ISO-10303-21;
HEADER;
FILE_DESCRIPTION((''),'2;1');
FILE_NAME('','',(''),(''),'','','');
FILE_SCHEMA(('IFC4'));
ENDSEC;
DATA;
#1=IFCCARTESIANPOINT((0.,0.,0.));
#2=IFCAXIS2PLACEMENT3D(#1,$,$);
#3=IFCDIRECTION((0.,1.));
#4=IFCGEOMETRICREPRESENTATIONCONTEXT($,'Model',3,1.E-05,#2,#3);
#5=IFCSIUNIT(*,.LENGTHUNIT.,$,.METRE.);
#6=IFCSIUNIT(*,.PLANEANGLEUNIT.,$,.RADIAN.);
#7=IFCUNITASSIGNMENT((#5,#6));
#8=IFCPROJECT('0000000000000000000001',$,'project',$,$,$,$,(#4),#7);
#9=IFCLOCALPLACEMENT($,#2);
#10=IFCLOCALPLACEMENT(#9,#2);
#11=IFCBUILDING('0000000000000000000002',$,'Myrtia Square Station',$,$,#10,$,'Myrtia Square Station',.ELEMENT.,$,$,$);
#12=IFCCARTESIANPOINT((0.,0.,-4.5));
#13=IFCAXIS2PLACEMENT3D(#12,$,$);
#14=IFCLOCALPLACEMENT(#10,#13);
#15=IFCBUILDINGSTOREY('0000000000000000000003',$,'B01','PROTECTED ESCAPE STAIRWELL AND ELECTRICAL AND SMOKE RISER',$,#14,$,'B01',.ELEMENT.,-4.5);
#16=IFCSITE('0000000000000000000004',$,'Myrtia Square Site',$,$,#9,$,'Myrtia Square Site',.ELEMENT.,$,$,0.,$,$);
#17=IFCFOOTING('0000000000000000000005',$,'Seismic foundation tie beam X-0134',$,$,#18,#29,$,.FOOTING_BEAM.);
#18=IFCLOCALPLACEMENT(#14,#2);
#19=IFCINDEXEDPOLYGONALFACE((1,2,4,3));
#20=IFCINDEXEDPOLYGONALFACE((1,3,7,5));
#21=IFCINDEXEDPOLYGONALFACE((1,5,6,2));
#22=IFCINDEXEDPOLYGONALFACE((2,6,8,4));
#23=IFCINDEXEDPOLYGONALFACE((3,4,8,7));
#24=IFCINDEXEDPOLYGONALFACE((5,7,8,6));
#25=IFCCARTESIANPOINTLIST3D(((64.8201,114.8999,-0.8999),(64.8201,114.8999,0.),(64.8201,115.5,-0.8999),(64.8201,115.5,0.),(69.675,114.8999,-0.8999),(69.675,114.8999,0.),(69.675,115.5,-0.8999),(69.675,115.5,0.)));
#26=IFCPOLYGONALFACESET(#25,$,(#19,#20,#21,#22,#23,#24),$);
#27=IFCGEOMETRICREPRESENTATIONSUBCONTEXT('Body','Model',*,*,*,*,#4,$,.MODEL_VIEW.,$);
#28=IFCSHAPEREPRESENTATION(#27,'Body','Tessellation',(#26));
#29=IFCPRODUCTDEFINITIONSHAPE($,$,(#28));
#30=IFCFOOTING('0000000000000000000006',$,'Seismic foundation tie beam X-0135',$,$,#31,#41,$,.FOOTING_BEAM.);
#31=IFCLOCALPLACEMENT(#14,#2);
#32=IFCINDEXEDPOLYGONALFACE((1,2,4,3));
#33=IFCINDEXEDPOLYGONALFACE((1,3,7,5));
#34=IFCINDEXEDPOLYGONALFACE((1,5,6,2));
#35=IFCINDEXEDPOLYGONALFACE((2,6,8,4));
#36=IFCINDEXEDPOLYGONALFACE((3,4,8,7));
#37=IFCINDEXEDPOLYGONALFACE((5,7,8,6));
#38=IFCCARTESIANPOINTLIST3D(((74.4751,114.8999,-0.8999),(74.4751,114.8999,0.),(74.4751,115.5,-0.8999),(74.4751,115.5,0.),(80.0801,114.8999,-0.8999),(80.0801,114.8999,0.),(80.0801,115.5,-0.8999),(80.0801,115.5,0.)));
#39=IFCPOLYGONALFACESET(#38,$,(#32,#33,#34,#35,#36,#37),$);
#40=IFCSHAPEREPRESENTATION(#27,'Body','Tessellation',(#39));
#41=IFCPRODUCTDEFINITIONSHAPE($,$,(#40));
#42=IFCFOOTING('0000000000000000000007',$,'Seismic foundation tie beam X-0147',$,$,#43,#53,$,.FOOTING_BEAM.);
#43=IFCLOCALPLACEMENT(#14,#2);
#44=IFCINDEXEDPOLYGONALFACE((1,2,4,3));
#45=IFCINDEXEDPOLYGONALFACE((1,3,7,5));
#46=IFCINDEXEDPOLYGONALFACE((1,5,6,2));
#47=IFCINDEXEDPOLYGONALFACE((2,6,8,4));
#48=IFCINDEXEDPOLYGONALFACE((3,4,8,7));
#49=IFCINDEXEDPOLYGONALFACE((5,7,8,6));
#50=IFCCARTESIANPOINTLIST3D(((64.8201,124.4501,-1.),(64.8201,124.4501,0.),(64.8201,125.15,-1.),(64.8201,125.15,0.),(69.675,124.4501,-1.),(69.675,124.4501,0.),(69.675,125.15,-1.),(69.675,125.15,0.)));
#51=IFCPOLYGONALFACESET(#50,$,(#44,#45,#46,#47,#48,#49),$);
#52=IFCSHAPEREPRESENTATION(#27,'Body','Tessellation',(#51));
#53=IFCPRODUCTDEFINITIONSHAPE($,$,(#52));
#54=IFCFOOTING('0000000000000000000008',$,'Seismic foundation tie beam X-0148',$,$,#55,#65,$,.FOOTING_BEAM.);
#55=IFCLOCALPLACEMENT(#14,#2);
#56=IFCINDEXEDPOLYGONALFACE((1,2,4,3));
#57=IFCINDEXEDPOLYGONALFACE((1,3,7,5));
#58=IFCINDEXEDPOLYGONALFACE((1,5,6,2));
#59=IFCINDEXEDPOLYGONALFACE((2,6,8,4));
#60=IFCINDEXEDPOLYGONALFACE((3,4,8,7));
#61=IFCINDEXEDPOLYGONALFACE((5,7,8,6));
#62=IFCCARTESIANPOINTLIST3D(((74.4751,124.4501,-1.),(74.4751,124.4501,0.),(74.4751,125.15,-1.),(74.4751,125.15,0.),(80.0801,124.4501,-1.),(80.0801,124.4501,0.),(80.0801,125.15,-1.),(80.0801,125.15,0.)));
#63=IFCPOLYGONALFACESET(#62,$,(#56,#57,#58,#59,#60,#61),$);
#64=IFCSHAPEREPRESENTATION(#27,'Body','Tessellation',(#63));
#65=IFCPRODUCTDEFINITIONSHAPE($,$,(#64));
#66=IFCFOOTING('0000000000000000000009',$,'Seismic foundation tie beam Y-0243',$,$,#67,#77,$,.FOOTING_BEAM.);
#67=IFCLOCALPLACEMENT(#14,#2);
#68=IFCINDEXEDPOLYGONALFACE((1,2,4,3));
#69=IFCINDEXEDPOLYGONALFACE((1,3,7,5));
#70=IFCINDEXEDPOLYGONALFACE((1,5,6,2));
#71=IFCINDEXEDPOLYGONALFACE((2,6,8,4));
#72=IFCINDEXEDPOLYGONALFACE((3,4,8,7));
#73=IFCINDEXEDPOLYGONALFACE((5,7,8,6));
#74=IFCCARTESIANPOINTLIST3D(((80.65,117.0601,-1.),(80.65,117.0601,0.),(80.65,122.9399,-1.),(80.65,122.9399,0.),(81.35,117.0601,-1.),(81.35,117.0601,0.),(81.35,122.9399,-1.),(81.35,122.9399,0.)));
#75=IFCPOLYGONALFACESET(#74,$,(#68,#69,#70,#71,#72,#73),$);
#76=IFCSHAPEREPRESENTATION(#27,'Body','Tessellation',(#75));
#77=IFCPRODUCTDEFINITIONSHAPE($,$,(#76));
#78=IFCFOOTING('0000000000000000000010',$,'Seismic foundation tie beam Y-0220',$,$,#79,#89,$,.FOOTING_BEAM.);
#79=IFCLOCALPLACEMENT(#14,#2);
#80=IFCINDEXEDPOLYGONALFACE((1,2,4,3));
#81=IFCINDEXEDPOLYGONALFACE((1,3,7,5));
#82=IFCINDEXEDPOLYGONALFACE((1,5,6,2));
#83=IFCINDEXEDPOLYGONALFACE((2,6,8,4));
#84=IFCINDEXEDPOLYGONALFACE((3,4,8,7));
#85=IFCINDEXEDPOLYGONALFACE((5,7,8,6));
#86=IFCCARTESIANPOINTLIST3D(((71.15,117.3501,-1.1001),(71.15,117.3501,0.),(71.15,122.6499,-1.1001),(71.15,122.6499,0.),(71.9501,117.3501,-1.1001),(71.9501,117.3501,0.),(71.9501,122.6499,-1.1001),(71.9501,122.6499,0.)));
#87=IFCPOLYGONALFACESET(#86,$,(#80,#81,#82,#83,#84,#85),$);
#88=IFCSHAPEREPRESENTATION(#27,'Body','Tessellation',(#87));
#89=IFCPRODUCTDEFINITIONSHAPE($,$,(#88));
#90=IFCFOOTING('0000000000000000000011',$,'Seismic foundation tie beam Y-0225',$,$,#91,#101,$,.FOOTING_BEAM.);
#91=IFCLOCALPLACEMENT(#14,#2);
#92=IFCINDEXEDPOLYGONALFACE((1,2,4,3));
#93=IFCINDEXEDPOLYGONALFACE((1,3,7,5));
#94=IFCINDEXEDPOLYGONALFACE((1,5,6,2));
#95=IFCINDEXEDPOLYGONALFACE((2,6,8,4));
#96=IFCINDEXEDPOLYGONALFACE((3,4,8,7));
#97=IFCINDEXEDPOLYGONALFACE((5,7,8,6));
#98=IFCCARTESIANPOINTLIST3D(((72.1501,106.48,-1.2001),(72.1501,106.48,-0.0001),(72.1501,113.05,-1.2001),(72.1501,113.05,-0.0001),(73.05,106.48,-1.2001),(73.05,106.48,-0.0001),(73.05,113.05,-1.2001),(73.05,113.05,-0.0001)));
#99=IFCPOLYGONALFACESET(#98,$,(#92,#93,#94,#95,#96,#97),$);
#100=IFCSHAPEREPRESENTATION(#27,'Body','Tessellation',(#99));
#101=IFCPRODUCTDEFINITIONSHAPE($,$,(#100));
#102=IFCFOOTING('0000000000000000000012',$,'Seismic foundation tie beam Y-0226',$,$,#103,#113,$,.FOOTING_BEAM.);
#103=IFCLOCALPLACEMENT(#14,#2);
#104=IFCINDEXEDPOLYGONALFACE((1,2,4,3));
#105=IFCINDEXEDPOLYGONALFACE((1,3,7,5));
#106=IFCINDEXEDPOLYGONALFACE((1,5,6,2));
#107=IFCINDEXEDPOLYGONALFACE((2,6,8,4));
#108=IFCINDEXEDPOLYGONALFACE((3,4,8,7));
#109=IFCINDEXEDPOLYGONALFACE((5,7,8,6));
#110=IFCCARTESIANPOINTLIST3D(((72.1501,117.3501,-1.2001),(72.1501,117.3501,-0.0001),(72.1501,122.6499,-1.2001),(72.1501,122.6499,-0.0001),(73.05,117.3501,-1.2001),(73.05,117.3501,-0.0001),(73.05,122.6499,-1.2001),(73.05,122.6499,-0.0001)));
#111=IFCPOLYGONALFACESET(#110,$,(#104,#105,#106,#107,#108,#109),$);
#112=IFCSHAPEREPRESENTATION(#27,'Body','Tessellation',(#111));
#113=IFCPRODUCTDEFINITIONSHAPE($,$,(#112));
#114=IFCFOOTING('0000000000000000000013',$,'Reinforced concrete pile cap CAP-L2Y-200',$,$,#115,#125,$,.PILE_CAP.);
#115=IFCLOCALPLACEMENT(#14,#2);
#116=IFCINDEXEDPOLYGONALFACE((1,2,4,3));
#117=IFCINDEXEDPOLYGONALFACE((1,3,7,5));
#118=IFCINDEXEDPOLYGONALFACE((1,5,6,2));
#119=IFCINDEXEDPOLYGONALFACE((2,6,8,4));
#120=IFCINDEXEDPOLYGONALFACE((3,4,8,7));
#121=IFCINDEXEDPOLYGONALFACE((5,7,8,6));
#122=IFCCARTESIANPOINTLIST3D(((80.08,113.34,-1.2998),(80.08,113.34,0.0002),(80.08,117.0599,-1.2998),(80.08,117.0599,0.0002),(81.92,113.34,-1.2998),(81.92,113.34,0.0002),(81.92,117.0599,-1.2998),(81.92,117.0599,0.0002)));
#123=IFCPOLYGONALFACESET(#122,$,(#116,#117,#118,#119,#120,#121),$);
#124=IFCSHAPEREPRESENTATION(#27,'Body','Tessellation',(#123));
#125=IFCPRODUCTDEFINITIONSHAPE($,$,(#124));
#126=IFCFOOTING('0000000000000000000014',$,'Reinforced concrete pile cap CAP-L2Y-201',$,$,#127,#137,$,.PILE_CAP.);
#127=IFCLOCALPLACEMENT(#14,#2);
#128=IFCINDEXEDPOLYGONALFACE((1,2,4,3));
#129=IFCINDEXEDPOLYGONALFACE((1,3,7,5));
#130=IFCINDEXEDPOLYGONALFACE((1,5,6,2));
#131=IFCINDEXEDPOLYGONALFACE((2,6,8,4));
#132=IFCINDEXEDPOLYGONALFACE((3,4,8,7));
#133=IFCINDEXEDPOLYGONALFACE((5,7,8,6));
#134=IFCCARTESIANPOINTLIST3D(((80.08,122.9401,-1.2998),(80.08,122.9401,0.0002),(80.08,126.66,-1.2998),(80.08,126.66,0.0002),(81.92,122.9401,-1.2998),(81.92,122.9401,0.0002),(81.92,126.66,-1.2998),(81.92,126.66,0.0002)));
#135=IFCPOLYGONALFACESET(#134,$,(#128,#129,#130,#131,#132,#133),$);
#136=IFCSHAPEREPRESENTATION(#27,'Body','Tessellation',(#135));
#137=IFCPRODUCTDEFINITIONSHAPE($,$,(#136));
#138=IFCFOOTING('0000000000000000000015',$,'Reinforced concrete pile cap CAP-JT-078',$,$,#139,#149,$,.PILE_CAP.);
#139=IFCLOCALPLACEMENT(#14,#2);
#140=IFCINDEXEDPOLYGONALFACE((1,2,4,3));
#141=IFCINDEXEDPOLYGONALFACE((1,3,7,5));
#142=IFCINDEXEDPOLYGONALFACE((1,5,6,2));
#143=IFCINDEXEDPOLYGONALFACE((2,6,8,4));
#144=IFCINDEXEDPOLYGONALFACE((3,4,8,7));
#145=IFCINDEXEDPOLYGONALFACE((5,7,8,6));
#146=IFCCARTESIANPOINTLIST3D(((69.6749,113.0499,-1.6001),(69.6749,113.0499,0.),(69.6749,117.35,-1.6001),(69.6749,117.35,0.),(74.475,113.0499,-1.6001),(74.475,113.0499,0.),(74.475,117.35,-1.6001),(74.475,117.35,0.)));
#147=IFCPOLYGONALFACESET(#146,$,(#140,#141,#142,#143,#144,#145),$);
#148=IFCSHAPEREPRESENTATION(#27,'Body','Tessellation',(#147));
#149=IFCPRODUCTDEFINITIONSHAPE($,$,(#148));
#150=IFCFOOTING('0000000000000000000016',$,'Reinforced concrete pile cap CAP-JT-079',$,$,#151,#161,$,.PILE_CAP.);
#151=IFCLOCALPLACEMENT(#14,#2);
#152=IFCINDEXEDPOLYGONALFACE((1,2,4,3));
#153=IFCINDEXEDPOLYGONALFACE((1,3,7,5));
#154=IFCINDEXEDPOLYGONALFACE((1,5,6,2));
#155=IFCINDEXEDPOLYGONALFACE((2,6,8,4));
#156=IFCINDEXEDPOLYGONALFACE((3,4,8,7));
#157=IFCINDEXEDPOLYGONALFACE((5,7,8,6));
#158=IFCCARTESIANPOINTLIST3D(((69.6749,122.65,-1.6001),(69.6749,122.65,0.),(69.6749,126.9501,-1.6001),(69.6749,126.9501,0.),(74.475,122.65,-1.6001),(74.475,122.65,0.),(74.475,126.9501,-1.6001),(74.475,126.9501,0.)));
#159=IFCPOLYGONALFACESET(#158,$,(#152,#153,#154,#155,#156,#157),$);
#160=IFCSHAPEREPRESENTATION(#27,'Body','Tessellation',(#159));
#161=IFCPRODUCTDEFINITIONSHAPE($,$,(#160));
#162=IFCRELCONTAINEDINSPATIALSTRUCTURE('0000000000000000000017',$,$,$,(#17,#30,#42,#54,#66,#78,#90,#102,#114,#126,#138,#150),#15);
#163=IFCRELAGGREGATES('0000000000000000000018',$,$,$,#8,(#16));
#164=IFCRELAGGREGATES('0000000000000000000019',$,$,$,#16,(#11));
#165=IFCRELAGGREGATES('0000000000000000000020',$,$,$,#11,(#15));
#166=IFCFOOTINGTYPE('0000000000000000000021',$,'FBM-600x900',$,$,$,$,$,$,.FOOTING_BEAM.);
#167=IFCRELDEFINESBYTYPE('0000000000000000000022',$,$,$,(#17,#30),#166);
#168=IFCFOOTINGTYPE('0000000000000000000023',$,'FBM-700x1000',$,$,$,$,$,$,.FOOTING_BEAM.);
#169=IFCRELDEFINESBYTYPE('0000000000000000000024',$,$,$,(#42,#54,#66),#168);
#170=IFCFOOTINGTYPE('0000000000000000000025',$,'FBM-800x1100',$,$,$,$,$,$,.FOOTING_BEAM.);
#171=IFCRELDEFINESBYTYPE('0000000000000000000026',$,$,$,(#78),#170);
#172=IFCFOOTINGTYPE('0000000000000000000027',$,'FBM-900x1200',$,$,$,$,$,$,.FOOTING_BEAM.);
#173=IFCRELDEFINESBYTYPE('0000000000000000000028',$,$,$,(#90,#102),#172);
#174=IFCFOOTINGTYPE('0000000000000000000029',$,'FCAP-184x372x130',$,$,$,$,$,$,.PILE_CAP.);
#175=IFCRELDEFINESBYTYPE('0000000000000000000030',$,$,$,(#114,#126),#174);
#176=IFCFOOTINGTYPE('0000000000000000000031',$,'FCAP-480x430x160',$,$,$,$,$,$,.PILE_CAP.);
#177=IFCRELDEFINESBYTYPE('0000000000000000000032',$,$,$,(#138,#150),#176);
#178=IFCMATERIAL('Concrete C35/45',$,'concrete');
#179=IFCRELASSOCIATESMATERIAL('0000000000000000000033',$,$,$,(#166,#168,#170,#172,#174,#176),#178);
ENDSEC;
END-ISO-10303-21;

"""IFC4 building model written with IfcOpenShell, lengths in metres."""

from ifc_helpers import new_model, si_unit, direction, frame, origin, origin_2d, place, context, subcontext, project, spatial, rectangle, extrude, material, material_profile, profile_set, type_object, element, save


model = new_model("IFC4")

# Units and contexts
model_context = context("Model", 3, precision=1e-05, world=origin(), true_north=direction((0.0, 1.0)))
body_context = subcontext(model_context, "Body", "Model", "MODEL_VIEW")
ifc_project = project(units=[si_unit("LENGTHUNIT", "METRE"), si_unit("PLANEANGLEUNIT", "RADIAN")], contexts=[model_context])

# Site, building, storey
site_placement = place(None, origin())
site = spatial("IfcSite", under=ifc_project, at=site_placement, Name="Myrtia Square Site", LongName="Myrtia Square Site", CompositionType="ELEMENT", RefElevation=0.0)
building_placement = place(site_placement, origin())
building = spatial("IfcBuilding", under=site, at=building_placement, Name="Myrtia Square Station", LongName="Myrtia Square Station", CompositionType="ELEMENT")
storey_placement = place(building_placement, frame((0.0, 0.0, -4.5)))
storey = spatial("IfcBuildingStorey", under=building, at=storey_placement, Name="B01", Description="PROTECTED ESCAPE STAIRWELL AND ELECTRICAL AND SMOKE RISER", LongName="B01", CompositionType="ELEMENT", Elevation=-4.5)

# Footings
ifc_material_1 = material(Name="Concrete C35/45", Category="concrete")
ifc_material_profile_1 = material_profile(ifc_material_1, rectangle(XDim=0.6001, YDim=0.8999, at=origin_2d()), Name="FB 600x900")
ifc_profile_set_1 = profile_set([ifc_material_profile_1], Name="Concrete C35/45")
footing_type_1 = type_object("IfcFootingType", Name="FBM-600x900", PredefinedType="FOOTING_BEAM", material=ifc_profile_set_1)
footing_1_placement = place(storey_placement, frame((64.8201, 115.2, -0.45), z_axis=(1.0, 0.0, 0.0), x_axis=(0.0, 1.0, 0.0)))
element("IfcFooting", 1, at=footing_1_placement, inside=storey, type_object=footing_type_1, Name="Seismic foundation tie beam X-0134", PredefinedType="FOOTING_BEAM", context=body_context, shape_type="SweptSolid", body=[
    extrude(rectangle(XDim=0.6001, YDim=0.8999, at=origin_2d()), origin(), (0.0, 0.0, 1.0), 4.855),
])
footing_2_placement = place(storey_placement, frame((74.4751, 115.2, -0.45), z_axis=(1.0, 0.0, 0.0), x_axis=(0.0, 1.0, 0.0)))
element("IfcFooting", 2, at=footing_2_placement, inside=storey, type_object=footing_type_1, Name="Seismic foundation tie beam X-0135", PredefinedType="FOOTING_BEAM", context=body_context, shape_type="SweptSolid", body=[
    extrude(rectangle(XDim=0.6001, YDim=0.8999, at=origin_2d()), origin(), (0.0, 0.0, 1.0), 5.605),
])
ifc_material_profile_2 = material_profile(ifc_material_1, rectangle(XDim=0.7, YDim=1.0, at=origin_2d()), Name="FB 700x1000")
ifc_profile_set_2 = profile_set([ifc_material_profile_2], Name="Concrete C35/45")
footing_type_2 = type_object("IfcFootingType", Name="FBM-700x1000", PredefinedType="FOOTING_BEAM", material=ifc_profile_set_2)
footing_3_placement = place(storey_placement, frame((64.8201, 124.8, -0.5), z_axis=(1.0, 0.0, 0.0), x_axis=(0.0, 1.0, 0.0)))
element("IfcFooting", 3, at=footing_3_placement, inside=storey, type_object=footing_type_2, Name="Seismic foundation tie beam X-0147", PredefinedType="FOOTING_BEAM", context=body_context, shape_type="SweptSolid", body=[
    extrude(rectangle(XDim=0.7, YDim=1.0, at=origin_2d()), origin(), (0.0, 0.0, 1.0), 4.855),
])
footing_4_placement = place(storey_placement, frame((74.4751, 124.8, -0.5), z_axis=(1.0, 0.0, 0.0), x_axis=(0.0, 1.0, 0.0)))
element("IfcFooting", 4, at=footing_4_placement, inside=storey, type_object=footing_type_2, Name="Seismic foundation tie beam X-0148", PredefinedType="FOOTING_BEAM", context=body_context, shape_type="SweptSolid", body=[
    extrude(rectangle(XDim=0.7, YDim=1.0, at=origin_2d()), origin(), (0.0, 0.0, 1.0), 5.605),
])
footing_5_placement = place(storey_placement, frame((81.0, 117.0601, -0.5), z_axis=(0.0, 1.0, 0.0), x_axis=(-1.0, 0.0, 0.0)))
element("IfcFooting", 5, at=footing_5_placement, inside=storey, type_object=footing_type_2, Name="Seismic foundation tie beam Y-0243", PredefinedType="FOOTING_BEAM", context=body_context, shape_type="SweptSolid", body=[
    extrude(rectangle(XDim=0.7, YDim=1.0, at=origin_2d()), origin(), (0.0, 0.0, 1.0), 5.8799),
])
ifc_material_profile_3 = material_profile(ifc_material_1, rectangle(XDim=0.8, YDim=1.1001, at=origin_2d()), Name="FB 800x1100")
ifc_profile_set_3 = profile_set([ifc_material_profile_3], Name="Concrete C35/45")
footing_type_3 = type_object("IfcFootingType", Name="FBM-800x1100", PredefinedType="FOOTING_BEAM", material=ifc_profile_set_3)
footing_6_placement = place(storey_placement, frame((71.55, 117.3501, -0.55), z_axis=(0.0, 1.0, 0.0), x_axis=(-1.0, 0.0, 0.0)))
element("IfcFooting", 6, at=footing_6_placement, inside=storey, type_object=footing_type_3, Name="Seismic foundation tie beam Y-0220", PredefinedType="FOOTING_BEAM", context=body_context, shape_type="SweptSolid", body=[
    extrude(rectangle(XDim=0.8, YDim=1.1001, at=origin_2d()), origin(), (0.0, 0.0, 1.0), 5.2998),
])
ifc_material_profile_4 = material_profile(ifc_material_1, rectangle(XDim=0.8999, YDim=1.2, at=origin_2d()), Name="FB 900x1200")
ifc_profile_set_4 = profile_set([ifc_material_profile_4], Name="Concrete C35/45")
footing_type_4 = type_object("IfcFootingType", Name="FBM-900x1200", PredefinedType="FOOTING_BEAM", material=ifc_profile_set_4)
footing_7_placement = place(storey_placement, frame((72.6001, 106.48, -0.6001), z_axis=(0.0, 1.0, 0.0), x_axis=(-1.0, 0.0, 0.0)))
element("IfcFooting", 7, at=footing_7_placement, inside=storey, type_object=footing_type_4, Name="Seismic foundation tie beam Y-0225", PredefinedType="FOOTING_BEAM", context=body_context, shape_type="SweptSolid", body=[
    extrude(rectangle(XDim=0.8999, YDim=1.2, at=origin_2d()), origin(), (0.0, 0.0, 1.0), 6.5701),
])
footing_8_placement = place(storey_placement, frame((72.6001, 117.3501, -0.6001), z_axis=(0.0, 1.0, 0.0), x_axis=(-1.0, 0.0, 0.0)))
element("IfcFooting", 8, at=footing_8_placement, inside=storey, type_object=footing_type_4, Name="Seismic foundation tie beam Y-0226", PredefinedType="FOOTING_BEAM", context=body_context, shape_type="SweptSolid", body=[
    extrude(rectangle(XDim=0.8999, YDim=1.2, at=origin_2d()), origin(), (0.0, 0.0, 1.0), 5.2998),
])
footing_type_5 = type_object("IfcFootingType", Name="FCAP-184x372x130", PredefinedType="PILE_CAP", material=ifc_material_1)
for number, where, z_axis, x_axis, name in (
    (9, (81.0, 115.2, -1.2998), (0.0, 0.0, 1.0), (1.0, 0.0, 0.0), "Reinforced concrete pile cap CAP-L2Y-200"),
    (10, (81.0, 124.8, -1.2998), (0.0, 0.0, 1.0), (1.0, 0.0, 0.0), "Reinforced concrete pile cap CAP-L2Y-201"),
):
    element("IfcFooting", number, at=place(storey_placement, frame(where, z_axis=z_axis, x_axis=x_axis)), inside=storey, type_object=footing_type_5, Name=name, PredefinedType="PILE_CAP", context=body_context, shape_type="SweptSolid", body=[
        extrude(rectangle(XDim=1.8401, YDim=3.72, at=origin_2d()), origin(), (0.0, 0.0, 1.0), 1.3),
    ])
footing_type_6 = type_object("IfcFootingType", Name="FCAP-480x430x160", PredefinedType="PILE_CAP", material=ifc_material_1)
for number, where, z_axis, x_axis, name in (
    (11, (72.075, 115.2, -1.6001), (0.0, 0.0, 1.0), (1.0, 0.0, 0.0), "Reinforced concrete pile cap CAP-JT-078"),
    (12, (72.075, 124.8, -1.6001), (0.0, 0.0, 1.0), (1.0, 0.0, 0.0), "Reinforced concrete pile cap CAP-JT-079"),
):
    element("IfcFooting", number, at=place(storey_placement, frame(where, z_axis=z_axis, x_axis=x_axis)), inside=storey, type_object=footing_type_6, Name=name, PredefinedType="PILE_CAP", context=body_context, shape_type="SweptSolid", body=[
        extrude(rectangle(XDim=4.8, YDim=4.3, at=origin_2d()), origin(), (0.0, 0.0, 1.0), 1.6001),
    ])

save(model, "model.ifc")
